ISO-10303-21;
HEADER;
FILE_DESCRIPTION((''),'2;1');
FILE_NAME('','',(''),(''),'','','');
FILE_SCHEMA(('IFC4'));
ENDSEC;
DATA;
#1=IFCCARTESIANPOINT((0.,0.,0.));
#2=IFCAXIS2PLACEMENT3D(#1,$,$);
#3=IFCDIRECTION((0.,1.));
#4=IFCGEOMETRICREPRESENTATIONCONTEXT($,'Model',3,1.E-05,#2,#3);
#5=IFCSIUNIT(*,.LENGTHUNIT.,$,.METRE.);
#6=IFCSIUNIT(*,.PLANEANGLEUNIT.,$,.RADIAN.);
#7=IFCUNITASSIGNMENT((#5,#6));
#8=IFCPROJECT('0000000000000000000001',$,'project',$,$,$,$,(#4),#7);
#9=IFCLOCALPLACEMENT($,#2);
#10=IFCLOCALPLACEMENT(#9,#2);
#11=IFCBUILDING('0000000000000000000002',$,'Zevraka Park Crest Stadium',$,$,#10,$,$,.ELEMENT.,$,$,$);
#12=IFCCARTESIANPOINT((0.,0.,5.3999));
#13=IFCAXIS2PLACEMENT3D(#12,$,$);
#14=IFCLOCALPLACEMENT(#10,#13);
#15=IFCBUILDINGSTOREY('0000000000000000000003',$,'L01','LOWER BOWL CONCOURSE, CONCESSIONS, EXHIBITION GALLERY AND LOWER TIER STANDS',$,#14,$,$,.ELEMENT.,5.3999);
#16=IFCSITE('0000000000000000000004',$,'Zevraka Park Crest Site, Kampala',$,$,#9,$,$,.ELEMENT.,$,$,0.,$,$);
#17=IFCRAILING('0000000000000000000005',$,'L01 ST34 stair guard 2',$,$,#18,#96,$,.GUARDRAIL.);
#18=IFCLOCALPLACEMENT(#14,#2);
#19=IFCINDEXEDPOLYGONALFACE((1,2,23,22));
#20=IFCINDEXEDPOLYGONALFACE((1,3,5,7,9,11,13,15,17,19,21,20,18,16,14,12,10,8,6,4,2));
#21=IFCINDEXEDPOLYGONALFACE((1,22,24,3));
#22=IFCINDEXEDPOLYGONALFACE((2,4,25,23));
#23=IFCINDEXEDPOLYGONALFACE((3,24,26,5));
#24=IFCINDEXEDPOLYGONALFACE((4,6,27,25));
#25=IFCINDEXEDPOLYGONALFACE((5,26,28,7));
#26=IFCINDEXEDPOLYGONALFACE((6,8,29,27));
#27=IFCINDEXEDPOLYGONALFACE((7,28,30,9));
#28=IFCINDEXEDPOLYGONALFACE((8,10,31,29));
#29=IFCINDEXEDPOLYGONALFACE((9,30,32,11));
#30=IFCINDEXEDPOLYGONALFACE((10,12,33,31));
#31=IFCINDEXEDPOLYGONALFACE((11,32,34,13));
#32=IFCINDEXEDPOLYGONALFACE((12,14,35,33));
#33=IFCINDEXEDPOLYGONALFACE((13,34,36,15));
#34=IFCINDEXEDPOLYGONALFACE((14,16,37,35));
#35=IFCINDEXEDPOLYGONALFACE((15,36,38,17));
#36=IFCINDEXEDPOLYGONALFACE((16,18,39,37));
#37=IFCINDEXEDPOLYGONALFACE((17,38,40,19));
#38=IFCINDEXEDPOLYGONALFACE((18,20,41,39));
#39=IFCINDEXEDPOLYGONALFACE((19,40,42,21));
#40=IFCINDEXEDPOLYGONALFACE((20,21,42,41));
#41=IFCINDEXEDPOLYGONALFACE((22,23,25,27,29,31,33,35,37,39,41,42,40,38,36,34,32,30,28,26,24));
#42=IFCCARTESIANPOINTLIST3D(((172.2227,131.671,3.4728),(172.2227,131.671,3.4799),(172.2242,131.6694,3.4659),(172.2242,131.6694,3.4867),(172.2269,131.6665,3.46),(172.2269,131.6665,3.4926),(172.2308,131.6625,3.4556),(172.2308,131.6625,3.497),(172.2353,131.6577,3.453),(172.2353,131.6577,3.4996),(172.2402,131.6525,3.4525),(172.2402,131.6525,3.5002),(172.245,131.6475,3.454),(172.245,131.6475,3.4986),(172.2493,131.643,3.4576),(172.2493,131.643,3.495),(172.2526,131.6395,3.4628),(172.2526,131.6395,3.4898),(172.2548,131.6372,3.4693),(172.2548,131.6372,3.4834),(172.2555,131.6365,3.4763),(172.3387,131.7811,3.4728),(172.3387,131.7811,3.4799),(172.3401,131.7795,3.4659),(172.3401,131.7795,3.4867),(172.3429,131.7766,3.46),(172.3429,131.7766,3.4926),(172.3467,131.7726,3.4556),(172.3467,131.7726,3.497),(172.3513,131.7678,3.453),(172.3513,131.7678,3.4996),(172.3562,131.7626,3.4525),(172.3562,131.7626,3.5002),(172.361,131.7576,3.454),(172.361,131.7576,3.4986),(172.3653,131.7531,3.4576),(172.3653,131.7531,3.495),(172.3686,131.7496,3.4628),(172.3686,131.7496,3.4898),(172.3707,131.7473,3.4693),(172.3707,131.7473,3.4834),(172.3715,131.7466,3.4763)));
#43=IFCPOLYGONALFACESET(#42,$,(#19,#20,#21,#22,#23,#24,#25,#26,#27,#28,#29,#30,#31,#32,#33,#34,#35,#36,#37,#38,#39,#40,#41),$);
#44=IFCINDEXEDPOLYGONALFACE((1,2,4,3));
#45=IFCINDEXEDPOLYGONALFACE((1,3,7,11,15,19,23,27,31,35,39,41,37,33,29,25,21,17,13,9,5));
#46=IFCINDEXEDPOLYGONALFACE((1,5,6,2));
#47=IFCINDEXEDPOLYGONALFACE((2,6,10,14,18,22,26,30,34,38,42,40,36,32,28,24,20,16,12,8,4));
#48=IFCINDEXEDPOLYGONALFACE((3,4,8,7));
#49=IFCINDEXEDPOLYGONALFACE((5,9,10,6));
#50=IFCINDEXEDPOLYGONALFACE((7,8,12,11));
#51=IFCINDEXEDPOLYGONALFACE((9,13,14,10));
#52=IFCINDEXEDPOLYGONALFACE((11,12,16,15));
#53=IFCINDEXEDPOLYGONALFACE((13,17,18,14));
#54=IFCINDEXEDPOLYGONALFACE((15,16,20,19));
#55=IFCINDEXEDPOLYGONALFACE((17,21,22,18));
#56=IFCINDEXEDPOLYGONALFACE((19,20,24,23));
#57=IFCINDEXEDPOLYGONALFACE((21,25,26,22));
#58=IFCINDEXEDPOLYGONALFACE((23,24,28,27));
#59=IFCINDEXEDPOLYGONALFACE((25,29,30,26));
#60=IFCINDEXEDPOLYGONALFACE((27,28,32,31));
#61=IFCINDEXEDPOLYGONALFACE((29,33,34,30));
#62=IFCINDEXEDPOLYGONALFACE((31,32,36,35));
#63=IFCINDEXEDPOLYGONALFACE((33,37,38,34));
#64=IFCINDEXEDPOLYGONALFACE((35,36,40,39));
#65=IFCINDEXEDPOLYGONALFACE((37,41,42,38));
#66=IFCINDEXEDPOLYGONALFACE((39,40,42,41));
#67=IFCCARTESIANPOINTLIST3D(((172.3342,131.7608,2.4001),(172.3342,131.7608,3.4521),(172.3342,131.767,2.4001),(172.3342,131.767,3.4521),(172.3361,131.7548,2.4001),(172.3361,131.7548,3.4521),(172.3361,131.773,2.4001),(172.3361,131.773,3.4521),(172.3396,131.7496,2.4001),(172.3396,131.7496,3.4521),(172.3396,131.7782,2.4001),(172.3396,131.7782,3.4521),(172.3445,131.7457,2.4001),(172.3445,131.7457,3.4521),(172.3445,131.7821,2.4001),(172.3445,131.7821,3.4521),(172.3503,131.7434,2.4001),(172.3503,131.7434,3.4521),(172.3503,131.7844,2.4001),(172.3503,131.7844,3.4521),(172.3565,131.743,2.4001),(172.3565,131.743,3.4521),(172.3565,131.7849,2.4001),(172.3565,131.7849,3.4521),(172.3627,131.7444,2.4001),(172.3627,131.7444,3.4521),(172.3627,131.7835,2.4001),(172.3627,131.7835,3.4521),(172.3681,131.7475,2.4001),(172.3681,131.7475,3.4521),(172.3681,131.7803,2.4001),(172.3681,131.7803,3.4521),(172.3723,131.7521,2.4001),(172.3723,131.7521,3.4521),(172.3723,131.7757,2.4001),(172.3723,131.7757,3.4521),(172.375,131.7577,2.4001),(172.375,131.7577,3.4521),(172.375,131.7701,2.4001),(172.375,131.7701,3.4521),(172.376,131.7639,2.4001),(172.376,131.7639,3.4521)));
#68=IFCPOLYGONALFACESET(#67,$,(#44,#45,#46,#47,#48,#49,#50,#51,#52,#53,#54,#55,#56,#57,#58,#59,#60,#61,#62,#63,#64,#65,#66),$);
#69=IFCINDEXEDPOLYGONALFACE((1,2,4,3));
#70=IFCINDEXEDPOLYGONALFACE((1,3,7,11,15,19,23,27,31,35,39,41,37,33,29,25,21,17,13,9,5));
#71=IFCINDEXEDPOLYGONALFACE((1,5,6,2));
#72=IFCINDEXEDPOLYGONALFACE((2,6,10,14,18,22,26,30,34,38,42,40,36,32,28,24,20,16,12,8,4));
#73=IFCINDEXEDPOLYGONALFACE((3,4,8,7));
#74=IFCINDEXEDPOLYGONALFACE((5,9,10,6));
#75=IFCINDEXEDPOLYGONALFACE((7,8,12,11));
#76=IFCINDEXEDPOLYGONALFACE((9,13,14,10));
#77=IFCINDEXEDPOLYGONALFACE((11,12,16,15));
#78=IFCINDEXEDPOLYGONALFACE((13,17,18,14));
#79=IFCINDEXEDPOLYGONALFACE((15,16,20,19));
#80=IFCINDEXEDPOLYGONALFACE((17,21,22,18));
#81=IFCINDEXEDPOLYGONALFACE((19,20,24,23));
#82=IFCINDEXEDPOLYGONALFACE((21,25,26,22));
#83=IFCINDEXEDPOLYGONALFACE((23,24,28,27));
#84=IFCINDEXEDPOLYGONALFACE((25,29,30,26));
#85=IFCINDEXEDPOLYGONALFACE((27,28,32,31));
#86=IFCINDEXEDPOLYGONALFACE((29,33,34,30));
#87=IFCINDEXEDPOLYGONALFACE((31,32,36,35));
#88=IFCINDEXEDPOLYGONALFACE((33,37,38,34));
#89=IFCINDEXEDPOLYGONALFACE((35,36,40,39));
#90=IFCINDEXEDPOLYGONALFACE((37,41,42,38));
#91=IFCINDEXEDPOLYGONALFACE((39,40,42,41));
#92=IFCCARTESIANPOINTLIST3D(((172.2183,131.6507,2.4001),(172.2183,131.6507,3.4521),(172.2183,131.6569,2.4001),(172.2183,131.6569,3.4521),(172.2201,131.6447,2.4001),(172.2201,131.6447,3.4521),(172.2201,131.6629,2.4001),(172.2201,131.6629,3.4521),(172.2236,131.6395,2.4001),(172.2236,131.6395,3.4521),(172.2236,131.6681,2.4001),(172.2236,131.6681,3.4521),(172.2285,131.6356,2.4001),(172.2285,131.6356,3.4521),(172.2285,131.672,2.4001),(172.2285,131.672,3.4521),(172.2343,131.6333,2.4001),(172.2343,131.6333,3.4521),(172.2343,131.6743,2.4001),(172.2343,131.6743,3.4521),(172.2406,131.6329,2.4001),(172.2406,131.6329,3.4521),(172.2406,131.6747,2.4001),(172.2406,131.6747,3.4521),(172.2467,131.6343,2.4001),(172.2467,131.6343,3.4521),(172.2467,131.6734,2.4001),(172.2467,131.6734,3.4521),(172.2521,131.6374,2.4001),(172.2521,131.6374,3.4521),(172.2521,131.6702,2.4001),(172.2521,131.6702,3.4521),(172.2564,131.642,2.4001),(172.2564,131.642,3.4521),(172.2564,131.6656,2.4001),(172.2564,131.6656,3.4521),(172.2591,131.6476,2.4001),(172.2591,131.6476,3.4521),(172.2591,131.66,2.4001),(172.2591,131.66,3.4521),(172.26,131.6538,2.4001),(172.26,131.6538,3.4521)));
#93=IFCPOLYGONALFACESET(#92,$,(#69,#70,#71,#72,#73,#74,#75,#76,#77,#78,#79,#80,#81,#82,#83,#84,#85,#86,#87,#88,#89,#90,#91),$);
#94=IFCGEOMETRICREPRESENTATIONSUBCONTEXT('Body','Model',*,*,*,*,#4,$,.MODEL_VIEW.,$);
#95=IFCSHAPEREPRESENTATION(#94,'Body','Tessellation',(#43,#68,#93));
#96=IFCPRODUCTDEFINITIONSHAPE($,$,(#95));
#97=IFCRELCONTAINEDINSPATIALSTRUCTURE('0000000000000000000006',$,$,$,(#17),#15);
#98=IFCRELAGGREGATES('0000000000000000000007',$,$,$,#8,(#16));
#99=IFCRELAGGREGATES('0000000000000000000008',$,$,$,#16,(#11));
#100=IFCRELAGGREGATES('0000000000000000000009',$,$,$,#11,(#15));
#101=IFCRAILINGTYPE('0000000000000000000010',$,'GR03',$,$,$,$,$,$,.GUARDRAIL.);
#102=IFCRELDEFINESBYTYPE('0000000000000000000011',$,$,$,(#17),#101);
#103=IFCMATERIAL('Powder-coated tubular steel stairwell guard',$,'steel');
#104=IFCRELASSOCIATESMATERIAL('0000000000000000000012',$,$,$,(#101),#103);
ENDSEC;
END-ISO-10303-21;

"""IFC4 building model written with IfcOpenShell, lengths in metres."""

from ifc_helpers import new_model, si_unit, direction, frame, origin, origin_2d, place, context, subcontext, project, spatial, circle, extrude, material, type_object, element, save


model = new_model("IFC4")

# Units and contexts
model_context = context("Model", 3, precision=1e-05, world=origin(), true_north=direction((0.0, 1.0)))
body_context = subcontext(model_context, "Body", "Model", "MODEL_VIEW")
ifc_project = project(units=[si_unit("LENGTHUNIT", "METRE"), si_unit("PLANEANGLEUNIT", "RADIAN")], contexts=[model_context])

# Site, building, storey
site_placement = place(None, origin())
site = spatial("IfcSite", under=ifc_project, at=site_placement, Name="Zevraka Park Crest Site, Kampala", CompositionType="ELEMENT", RefElevation=0.0)
building_placement = place(site_placement, origin())
building = spatial("IfcBuilding", under=site, at=building_placement, Name="Zevraka Park Crest Stadium", CompositionType="ELEMENT")
storey_placement = place(building_placement, frame((0.0, 0.0, 5.3999)))
storey = spatial("IfcBuildingStorey", under=building, at=storey_placement, Name="L01", Description="LOWER BOWL CONCOURSE, CONCESSIONS, EXHIBITION GALLERY AND LOWER TIER STANDS", CompositionType="ELEMENT", Elevation=5.3999)

# Railing
ifc_material_1 = material(Name="Powder-coated tubular steel stairwell guard", Category="steel")
railing_type_1 = type_object("IfcRailingType", Name="GR03", PredefinedType="GUARDRAIL", material=ifc_material_1)
railing_1_placement = place(storey_placement, frame((172.355, 131.7639, 2.4001)))
element("IfcRailing", 1, at=railing_1_placement, inside=storey, type_object=railing_type_1, Name="L01 ST34 stair guard 2", PredefinedType="GUARDRAIL", context=body_context, shape_type="SweptSolid", body=[
    extrude(circle(Radius=0.0239, at=origin_2d()), frame((0.0, 0.0, 1.0762), z_axis=(-0.72519, -0.688549, 0.0), x_axis=(0.688549, -0.72519, 0.0)), (0.0, 0.0, 1.0), 0.1599),
    extrude(circle(Radius=0.021, at=origin_2d()), origin(), (0.0, 0.0, 1.0), 1.052),
    extrude(circle(Radius=0.021, at=origin_2d()), frame((-0.116, -0.1101, 0.0)), (0.0, 0.0, 1.0), 1.052),
])

save(model, "model.ifc")
